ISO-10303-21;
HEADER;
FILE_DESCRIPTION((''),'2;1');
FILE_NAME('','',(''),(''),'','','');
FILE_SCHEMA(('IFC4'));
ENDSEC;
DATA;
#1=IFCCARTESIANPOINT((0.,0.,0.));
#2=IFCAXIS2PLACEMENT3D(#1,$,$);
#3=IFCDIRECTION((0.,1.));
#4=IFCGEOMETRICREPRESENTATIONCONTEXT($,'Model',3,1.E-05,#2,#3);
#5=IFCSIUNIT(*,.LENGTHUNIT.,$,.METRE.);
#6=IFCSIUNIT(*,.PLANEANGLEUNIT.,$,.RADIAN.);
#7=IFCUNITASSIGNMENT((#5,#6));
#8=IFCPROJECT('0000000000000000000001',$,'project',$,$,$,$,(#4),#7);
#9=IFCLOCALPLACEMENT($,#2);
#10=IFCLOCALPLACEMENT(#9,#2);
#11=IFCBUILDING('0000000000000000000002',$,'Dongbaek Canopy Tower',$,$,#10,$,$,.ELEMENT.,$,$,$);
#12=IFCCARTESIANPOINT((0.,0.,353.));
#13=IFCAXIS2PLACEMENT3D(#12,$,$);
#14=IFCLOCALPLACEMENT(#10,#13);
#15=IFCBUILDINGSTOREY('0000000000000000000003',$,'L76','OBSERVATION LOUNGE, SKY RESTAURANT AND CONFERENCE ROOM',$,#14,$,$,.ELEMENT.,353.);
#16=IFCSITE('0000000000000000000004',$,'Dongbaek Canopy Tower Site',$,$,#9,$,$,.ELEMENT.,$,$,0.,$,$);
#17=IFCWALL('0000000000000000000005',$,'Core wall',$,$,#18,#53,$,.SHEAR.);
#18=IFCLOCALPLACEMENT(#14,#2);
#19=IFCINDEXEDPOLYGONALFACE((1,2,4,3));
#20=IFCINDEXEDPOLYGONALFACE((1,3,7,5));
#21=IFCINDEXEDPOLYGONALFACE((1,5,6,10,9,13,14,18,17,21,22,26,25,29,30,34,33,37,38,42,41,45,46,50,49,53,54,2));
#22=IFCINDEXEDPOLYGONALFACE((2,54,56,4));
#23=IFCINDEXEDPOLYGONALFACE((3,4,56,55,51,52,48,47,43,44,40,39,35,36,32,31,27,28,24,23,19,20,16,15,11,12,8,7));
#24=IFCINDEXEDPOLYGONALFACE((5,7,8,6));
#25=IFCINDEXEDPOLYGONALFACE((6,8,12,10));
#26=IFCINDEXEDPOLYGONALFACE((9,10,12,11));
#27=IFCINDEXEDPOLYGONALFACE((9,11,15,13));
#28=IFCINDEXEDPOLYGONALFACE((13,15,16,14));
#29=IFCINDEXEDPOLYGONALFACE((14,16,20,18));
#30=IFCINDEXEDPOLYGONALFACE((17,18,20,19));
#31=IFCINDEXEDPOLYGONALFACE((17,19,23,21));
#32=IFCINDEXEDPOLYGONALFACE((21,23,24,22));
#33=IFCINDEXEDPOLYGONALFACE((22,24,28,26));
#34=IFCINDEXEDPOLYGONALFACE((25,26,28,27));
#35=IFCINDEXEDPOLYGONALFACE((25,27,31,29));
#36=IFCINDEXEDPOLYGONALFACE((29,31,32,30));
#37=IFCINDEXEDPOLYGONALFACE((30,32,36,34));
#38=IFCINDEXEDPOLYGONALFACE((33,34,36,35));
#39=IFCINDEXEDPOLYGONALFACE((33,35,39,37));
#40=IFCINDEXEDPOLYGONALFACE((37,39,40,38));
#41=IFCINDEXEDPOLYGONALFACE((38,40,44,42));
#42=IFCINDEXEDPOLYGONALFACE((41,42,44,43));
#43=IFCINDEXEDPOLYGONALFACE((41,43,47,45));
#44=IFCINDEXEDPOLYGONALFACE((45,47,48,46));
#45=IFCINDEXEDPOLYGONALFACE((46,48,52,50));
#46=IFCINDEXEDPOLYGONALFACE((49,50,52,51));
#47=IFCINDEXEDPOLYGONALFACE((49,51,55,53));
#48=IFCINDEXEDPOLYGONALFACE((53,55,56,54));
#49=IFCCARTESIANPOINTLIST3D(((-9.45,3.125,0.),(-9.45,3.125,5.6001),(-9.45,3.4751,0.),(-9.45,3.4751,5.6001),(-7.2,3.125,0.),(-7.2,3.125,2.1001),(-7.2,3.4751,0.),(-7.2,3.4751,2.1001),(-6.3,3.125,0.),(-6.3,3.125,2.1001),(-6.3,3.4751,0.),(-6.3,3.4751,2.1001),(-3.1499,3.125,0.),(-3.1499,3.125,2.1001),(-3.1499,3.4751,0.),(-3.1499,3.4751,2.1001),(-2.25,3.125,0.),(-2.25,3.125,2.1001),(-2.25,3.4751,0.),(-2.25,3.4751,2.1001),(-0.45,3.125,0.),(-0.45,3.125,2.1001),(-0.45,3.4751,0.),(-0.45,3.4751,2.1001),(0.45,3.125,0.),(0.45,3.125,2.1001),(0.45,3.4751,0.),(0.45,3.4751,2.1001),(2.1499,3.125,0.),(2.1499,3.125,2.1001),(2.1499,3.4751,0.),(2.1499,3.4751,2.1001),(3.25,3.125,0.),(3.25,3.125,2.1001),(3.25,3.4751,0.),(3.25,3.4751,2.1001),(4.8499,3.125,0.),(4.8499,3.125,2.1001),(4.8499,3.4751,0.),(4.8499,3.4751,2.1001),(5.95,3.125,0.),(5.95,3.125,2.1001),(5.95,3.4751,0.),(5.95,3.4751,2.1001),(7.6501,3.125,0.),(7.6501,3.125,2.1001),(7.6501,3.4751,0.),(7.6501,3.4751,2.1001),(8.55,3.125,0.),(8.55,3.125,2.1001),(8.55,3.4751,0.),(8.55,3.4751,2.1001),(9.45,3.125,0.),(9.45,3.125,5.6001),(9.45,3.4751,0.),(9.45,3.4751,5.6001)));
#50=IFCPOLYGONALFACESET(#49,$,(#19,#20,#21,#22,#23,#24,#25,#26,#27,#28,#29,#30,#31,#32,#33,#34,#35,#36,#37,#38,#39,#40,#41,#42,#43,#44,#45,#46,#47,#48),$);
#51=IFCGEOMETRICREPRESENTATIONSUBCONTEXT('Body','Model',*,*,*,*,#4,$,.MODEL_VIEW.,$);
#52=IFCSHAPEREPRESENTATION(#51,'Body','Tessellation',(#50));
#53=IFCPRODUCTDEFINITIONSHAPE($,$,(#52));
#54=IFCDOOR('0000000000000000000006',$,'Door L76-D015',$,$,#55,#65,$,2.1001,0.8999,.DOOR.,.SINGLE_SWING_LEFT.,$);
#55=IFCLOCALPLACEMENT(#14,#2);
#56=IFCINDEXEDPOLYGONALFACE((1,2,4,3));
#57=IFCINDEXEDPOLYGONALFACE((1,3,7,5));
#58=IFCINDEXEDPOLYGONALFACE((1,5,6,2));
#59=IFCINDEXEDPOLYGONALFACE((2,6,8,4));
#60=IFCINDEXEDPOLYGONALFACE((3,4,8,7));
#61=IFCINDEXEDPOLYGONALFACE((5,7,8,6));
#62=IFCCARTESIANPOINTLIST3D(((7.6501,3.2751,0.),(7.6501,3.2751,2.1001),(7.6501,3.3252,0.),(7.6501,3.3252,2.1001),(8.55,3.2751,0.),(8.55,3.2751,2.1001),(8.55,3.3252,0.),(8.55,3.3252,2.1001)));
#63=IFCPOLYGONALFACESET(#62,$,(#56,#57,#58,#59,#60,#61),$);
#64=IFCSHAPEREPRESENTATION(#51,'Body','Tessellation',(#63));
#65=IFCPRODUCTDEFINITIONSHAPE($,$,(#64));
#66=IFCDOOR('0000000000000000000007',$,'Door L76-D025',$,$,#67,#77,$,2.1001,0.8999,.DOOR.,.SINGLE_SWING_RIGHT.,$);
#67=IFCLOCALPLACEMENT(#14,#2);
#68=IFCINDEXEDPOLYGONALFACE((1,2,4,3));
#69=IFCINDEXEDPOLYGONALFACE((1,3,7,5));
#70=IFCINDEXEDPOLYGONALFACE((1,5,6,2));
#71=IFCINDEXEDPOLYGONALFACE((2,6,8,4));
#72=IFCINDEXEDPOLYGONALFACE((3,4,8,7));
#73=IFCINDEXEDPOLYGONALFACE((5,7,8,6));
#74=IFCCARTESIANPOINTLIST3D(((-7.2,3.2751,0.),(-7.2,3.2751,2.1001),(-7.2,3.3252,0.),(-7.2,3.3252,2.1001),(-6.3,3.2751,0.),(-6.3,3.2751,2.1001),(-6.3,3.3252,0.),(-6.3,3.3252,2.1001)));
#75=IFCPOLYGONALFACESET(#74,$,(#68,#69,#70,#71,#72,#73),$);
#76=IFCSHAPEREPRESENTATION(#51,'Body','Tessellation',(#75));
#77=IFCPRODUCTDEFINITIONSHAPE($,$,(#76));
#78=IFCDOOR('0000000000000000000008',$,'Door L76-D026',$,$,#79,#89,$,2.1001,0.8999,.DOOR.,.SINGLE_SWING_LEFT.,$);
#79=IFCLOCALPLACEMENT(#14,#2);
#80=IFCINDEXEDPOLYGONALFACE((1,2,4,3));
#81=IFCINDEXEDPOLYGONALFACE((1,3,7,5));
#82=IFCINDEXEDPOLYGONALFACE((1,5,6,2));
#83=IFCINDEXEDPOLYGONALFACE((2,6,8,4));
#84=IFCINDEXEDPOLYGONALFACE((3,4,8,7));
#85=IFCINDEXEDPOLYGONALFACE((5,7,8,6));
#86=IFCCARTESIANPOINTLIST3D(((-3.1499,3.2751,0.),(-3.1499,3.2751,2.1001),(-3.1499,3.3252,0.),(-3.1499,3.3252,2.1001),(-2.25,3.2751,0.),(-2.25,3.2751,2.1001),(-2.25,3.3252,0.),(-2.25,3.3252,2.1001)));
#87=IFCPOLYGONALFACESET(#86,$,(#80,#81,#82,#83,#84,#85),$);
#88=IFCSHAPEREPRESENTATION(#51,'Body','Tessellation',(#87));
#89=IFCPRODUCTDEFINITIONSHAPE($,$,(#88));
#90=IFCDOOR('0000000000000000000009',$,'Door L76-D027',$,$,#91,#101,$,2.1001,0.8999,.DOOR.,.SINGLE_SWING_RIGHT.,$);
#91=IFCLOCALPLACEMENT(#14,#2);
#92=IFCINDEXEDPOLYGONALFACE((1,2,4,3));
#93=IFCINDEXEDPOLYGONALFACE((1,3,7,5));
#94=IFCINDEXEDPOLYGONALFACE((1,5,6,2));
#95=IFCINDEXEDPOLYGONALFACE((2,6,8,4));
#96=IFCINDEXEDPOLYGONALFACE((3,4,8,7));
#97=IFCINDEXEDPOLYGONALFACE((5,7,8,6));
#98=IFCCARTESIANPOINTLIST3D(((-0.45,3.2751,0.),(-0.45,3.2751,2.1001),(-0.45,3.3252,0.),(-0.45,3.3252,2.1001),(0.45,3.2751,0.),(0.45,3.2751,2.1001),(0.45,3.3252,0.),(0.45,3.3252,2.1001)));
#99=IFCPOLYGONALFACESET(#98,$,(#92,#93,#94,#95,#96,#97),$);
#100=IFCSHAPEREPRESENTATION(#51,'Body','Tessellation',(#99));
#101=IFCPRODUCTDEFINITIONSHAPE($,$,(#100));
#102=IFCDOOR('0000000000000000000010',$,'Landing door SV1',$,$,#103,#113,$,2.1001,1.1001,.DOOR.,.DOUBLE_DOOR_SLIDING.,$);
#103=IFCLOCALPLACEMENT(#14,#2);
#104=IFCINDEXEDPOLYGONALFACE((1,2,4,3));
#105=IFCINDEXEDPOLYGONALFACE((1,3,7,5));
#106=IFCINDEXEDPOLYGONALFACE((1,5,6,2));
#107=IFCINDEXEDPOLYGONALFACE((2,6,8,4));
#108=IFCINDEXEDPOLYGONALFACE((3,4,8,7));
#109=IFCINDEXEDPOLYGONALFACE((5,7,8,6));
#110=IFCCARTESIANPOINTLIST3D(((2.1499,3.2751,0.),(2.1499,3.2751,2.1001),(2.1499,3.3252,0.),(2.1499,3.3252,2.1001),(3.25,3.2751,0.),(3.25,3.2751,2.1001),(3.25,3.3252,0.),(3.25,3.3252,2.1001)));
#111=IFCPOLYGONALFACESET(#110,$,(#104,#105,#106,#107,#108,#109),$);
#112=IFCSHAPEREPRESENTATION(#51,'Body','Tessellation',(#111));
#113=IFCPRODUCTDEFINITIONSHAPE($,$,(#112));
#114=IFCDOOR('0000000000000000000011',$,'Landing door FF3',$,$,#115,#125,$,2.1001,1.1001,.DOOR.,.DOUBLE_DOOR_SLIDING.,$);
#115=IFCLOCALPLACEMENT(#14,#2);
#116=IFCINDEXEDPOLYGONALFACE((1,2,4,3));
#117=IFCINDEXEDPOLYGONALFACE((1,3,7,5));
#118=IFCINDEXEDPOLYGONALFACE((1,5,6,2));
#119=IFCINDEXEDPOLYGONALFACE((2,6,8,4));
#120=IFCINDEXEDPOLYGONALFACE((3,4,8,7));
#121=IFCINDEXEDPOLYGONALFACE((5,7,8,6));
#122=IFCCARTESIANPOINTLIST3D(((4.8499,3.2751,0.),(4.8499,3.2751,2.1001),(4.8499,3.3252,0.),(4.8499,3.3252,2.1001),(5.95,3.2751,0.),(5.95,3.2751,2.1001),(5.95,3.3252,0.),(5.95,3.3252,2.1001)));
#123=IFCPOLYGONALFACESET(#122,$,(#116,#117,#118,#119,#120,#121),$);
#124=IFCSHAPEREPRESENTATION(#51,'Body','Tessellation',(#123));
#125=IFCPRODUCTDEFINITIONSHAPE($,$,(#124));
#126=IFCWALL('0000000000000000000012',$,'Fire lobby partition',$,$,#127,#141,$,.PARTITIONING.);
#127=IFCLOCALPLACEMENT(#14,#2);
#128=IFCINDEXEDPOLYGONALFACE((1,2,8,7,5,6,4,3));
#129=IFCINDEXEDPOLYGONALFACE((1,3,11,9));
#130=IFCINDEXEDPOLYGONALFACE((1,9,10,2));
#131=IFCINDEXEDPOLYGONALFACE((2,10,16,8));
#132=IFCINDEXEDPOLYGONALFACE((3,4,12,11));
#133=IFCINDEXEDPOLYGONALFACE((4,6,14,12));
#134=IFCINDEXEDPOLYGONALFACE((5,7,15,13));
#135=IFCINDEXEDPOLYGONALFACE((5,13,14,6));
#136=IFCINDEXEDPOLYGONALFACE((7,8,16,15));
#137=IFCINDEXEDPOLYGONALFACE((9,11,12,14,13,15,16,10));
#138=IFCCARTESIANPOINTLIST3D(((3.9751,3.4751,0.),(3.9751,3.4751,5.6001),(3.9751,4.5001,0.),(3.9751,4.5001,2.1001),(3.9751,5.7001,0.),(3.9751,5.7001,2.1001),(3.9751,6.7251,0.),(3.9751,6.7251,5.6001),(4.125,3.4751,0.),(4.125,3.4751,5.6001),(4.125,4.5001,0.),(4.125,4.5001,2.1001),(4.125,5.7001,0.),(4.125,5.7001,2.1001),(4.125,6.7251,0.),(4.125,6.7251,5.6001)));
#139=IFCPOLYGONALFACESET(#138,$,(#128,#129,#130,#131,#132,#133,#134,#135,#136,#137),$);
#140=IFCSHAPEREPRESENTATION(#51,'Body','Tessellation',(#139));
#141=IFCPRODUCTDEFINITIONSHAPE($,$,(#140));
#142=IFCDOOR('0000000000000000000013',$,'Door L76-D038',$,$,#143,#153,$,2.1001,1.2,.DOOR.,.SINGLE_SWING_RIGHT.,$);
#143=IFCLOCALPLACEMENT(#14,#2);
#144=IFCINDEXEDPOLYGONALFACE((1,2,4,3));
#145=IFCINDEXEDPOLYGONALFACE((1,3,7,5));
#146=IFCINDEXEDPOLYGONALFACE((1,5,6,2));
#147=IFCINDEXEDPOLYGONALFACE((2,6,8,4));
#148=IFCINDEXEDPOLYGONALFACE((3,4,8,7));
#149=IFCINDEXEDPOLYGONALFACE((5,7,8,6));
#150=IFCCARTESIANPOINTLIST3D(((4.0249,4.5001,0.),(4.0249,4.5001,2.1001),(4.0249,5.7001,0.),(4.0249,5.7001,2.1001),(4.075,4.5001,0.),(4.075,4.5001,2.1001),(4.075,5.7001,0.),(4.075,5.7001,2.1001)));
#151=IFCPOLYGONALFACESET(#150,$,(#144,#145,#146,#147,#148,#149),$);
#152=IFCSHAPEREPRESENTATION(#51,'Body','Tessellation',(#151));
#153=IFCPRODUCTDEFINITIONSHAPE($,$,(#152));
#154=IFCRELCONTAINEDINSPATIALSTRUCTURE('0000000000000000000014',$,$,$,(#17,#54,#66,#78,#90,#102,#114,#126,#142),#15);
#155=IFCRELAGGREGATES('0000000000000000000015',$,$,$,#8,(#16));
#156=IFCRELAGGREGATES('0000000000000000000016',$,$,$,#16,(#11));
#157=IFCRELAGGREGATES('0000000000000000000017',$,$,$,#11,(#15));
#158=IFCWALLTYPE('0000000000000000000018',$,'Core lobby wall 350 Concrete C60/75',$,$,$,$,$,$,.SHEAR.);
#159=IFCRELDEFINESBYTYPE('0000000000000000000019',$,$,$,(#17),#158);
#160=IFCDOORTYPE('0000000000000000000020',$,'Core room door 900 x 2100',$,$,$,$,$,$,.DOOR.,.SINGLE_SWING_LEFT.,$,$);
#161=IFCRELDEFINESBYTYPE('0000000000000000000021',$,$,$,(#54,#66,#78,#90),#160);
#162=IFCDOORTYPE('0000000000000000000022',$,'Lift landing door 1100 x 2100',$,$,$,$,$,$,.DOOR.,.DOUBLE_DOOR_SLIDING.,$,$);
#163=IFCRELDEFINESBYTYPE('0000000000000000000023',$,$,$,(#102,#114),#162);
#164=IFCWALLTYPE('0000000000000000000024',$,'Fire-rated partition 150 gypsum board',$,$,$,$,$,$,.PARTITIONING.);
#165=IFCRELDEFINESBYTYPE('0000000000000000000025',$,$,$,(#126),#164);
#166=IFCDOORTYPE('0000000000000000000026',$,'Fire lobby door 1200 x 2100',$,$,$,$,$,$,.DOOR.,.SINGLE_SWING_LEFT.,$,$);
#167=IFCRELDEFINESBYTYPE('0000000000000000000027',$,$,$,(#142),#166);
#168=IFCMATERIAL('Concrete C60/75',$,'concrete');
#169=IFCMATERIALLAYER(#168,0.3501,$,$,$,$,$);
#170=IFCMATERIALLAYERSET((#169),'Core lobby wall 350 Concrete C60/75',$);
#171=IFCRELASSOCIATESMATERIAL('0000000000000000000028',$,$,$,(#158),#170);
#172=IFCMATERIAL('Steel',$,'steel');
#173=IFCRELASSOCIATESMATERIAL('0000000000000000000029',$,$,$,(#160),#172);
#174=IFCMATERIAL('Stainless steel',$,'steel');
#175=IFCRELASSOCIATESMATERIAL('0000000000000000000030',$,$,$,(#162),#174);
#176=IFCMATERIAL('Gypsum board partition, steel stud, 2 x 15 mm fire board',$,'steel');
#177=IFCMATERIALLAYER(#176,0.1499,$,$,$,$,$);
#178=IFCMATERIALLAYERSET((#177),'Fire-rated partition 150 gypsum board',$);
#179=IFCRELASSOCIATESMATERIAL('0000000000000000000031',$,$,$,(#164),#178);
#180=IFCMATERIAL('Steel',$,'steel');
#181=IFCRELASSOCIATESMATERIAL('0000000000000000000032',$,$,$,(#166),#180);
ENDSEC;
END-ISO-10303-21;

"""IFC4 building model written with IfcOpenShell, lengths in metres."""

from ifc_helpers import new_model, si_unit, direction, frame, frame_2d, origin, place, context, subcontext, project, spatial, rectangle, extrude, material, layer, layer_set, type_object, element, fill, save


model = new_model("IFC4")

# Units and contexts
model_context = context("Model", 3, precision=1e-05, world=origin(), true_north=direction((0.0, 1.0)))
body_context = subcontext(model_context, "Body", "Model", "MODEL_VIEW")
ifc_project = project(units=[si_unit("LENGTHUNIT", "METRE"), si_unit("PLANEANGLEUNIT", "RADIAN")], contexts=[model_context])

# Site, building, storey
site_placement = place(None, origin())
site = spatial("IfcSite", under=ifc_project, at=site_placement, Name="Dongbaek Canopy Tower Site", CompositionType="ELEMENT", RefElevation=0.0)
building_placement = place(site_placement, origin())
building = spatial("IfcBuilding", under=site, at=building_placement, Name="Dongbaek Canopy Tower", CompositionType="ELEMENT")
storey_placement = place(building_placement, frame((0.0, 0.0, 353.0)))
storey = spatial("IfcBuildingStorey", under=building, at=storey_placement, Name="L76", Description="OBSERVATION LOUNGE, SKY RESTAURANT AND CONFERENCE ROOM", CompositionType="ELEMENT", Elevation=353.0)

# Wall, openings, doors
ifc_material_1 = material(Name="Concrete C60/75", Category="concrete")
ifc_layer_1 = layer(ifc_material_1, 0.3501)
ifc_layer_set_1 = layer_set([ifc_layer_1], Name="Core lobby wall 350 Concrete C60/75")
wall_type_1 = type_object("IfcWallType", Name="Core lobby wall 350 Concrete C60/75", PredefinedType="SHEAR", material=ifc_layer_set_1)
wall_1_placement = place(storey_placement, frame((9.45, 3.3, 0.0), z_axis=(0.0, 0.0, 1.0), x_axis=(-1.0, 0.0, 0.0)))
wall_1 = element("IfcWall", 1, at=wall_1_placement, inside=storey, type_object=wall_type_1, Name="Core wall", PredefinedType="SHEAR", context=body_context, shape_type="SweptSolid", body=[
    extrude(rectangle(XDim=18.8999, YDim=0.3501, at=frame_2d((9.45, 0.0))), origin(), (0.0, 0.0, 1.0), 5.6001),
])
opening_1_placement = place(wall_1_placement, frame((6.2, 0.0, 0.0)))
opening_1 = element("IfcOpeningElement", 2, at=opening_1_placement, cuts=wall_1, PredefinedType="OPENING", context=body_context, shape_type="SweptSolid", body=[
    extrude(rectangle(XDim=1.1001, YDim=2.1001, at=frame_2d((0.55, 1.05))), frame((0.0, 0.1851, 0.0), z_axis=(0.0, -1.0, 0.0), x_axis=(1.0, 0.0, 0.0)), (0.0, 0.0, 1.0), 0.3701),
])
opening_2_placement = place(wall_1_placement, frame((3.5, 0.0, 0.0)))
opening_2 = element("IfcOpeningElement", 3, at=opening_2_placement, cuts=wall_1, PredefinedType="OPENING", context=body_context, shape_type="SweptSolid", body=[
    extrude(rectangle(XDim=1.1001, YDim=2.1001, at=frame_2d((0.55, 1.05))), frame((0.0, 0.1851, 0.0), z_axis=(0.0, -1.0, 0.0), x_axis=(1.0, 0.0, 0.0)), (0.0, 0.0, 1.0), 0.3701),
])
opening_3_placement = place(wall_1_placement, frame((0.8999, 0.0, 0.0)))
opening_3 = element("IfcOpeningElement", 4, at=opening_3_placement, cuts=wall_1, PredefinedType="OPENING", context=body_context, shape_type="SweptSolid", body=[
    extrude(rectangle(XDim=0.8999, YDim=2.1001, at=frame_2d((0.45, 1.05))), frame((0.0, 0.1851, 0.0), z_axis=(0.0, -1.0, 0.0), x_axis=(1.0, 0.0, 0.0)), (0.0, 0.0, 1.0), 0.3701),
])
opening_4_placement = place(wall_1_placement, frame((15.75, 0.0, 0.0)))
opening_4 = element("IfcOpeningElement", 5, at=opening_4_placement, cuts=wall_1, PredefinedType="OPENING", context=body_context, shape_type="SweptSolid", body=[
    extrude(rectangle(XDim=0.8999, YDim=2.1001, at=frame_2d((0.45, 1.05))), frame((0.0, 0.1851, 0.0), z_axis=(0.0, -1.0, 0.0), x_axis=(1.0, 0.0, 0.0)), (0.0, 0.0, 1.0), 0.3701),
])
opening_5_placement = place(wall_1_placement, frame((11.7, 0.0, 0.0)))
opening_5 = element("IfcOpeningElement", 6, at=opening_5_placement, cuts=wall_1, PredefinedType="OPENING", context=body_context, shape_type="SweptSolid", body=[
    extrude(rectangle(XDim=0.8999, YDim=2.1001, at=frame_2d((0.45, 1.05))), frame((0.0, 0.1851, 0.0), z_axis=(0.0, -1.0, 0.0), x_axis=(1.0, 0.0, 0.0)), (0.0, 0.0, 1.0), 0.3701),
])
opening_6_placement = place(wall_1_placement, frame((9.0, 0.0, 0.0)))
opening_6 = element("IfcOpeningElement", 7, at=opening_6_placement, cuts=wall_1, PredefinedType="OPENING", context=body_context, shape_type="SweptSolid", body=[
    extrude(rectangle(XDim=0.8999, YDim=2.1001, at=frame_2d((0.45, 1.05))), frame((0.0, 0.1851, 0.0), z_axis=(0.0, -1.0, 0.0), x_axis=(1.0, 0.0, 0.0)), (0.0, 0.0, 1.0), 0.3701),
])
ifc_material_2 = material(Name="Steel", Category="steel")
door_type_1 = type_object("IfcDoorType", Name="Core room door 900 x 2100", OperationType="SINGLE_SWING_LEFT", PredefinedType="DOOR", material=ifc_material_2)
door_1_placement = place(opening_3_placement, origin())
door_1 = element("IfcDoor", 8, at=door_1_placement, inside=storey, type_object=door_type_1, Name="Door L76-D015", OperationType="SINGLE_SWING_LEFT", OverallHeight=2.1001, OverallWidth=0.8999, PredefinedType="DOOR", context=body_context, shape_type="SweptSolid", body=[
    extrude(rectangle(XDim=0.8999, YDim=2.1001, at=frame_2d((0.45, 1.05))), frame((0.0, 0.0249, 0.0), z_axis=(0.0, -1.0, 0.0), x_axis=(1.0, 0.0, 0.0)), (0.0, 0.0, 1.0), 0.05),
])
fill(opening_3, door_1)
door_2_placement = place(opening_4_placement, origin())
door_2 = element("IfcDoor", 9, at=door_2_placement, inside=storey, type_object=door_type_1, Name="Door L76-D025", OperationType="SINGLE_SWING_RIGHT", OverallHeight=2.1001, OverallWidth=0.8999, PredefinedType="DOOR", context=body_context, shape_type="SweptSolid", body=[
    extrude(rectangle(XDim=0.8999, YDim=2.1001, at=frame_2d((0.45, 1.05))), frame((0.0, 0.0249, 0.0), z_axis=(0.0, -1.0, 0.0), x_axis=(1.0, 0.0, 0.0)), (0.0, 0.0, 1.0), 0.05),
])
fill(opening_4, door_2)
door_3_placement = place(opening_5_placement, origin())
door_3 = element("IfcDoor", 10, at=door_3_placement, inside=storey, type_object=door_type_1, Name="Door L76-D026", OperationType="SINGLE_SWING_LEFT", OverallHeight=2.1001, OverallWidth=0.8999, PredefinedType="DOOR", context=body_context, shape_type="SweptSolid", body=[
    extrude(rectangle(XDim=0.8999, YDim=2.1001, at=frame_2d((0.45, 1.05))), frame((0.0, 0.0249, 0.0), z_axis=(0.0, -1.0, 0.0), x_axis=(1.0, 0.0, 0.0)), (0.0, 0.0, 1.0), 0.05),
])
fill(opening_5, door_3)
door_4_placement = place(opening_6_placement, origin())
door_4 = element("IfcDoor", 11, at=door_4_placement, inside=storey, type_object=door_type_1, Name="Door L76-D027", OperationType="SINGLE_SWING_RIGHT", OverallHeight=2.1001, OverallWidth=0.8999, PredefinedType="DOOR", context=body_context, shape_type="SweptSolid", body=[
    extrude(rectangle(XDim=0.8999, YDim=2.1001, at=frame_2d((0.45, 1.05))), frame((0.0, 0.0249, 0.0), z_axis=(0.0, -1.0, 0.0), x_axis=(1.0, 0.0, 0.0)), (0.0, 0.0, 1.0), 0.05),
])
fill(opening_6, door_4)
ifc_material_3 = material(Name="Stainless steel", Category="steel")
door_type_2 = type_object("IfcDoorType", Name="Lift landing door 1100 x 2100", OperationType="DOUBLE_DOOR_SLIDING", PredefinedType="DOOR", material=ifc_material_3)
door_5_placement = place(opening_1_placement, origin())
door_5 = element("IfcDoor", 12, at=door_5_placement, inside=storey, type_object=door_type_2, Name="Landing door SV1", OperationType="DOUBLE_DOOR_SLIDING", OverallHeight=2.1001, OverallWidth=1.1001, PredefinedType="DOOR", context=body_context, shape_type="SweptSolid", body=[
    extrude(rectangle(XDim=1.1001, YDim=2.1001, at=frame_2d((0.55, 1.05))), frame((0.0, 0.0249, 0.0), z_axis=(0.0, -1.0, 0.0), x_axis=(1.0, 0.0, 0.0)), (0.0, 0.0, 1.0), 0.05),
])
fill(opening_1, door_5)
door_6_placement = place(opening_2_placement, origin())
door_6 = element("IfcDoor", 13, at=door_6_placement, inside=storey, type_object=door_type_2, Name="Landing door FF3", OperationType="DOUBLE_DOOR_SLIDING", OverallHeight=2.1001, OverallWidth=1.1001, PredefinedType="DOOR", context=body_context, shape_type="SweptSolid", body=[
    extrude(rectangle(XDim=1.1001, YDim=2.1001, at=frame_2d((0.55, 1.05))), frame((0.0, 0.0249, 0.0), z_axis=(0.0, -1.0, 0.0), x_axis=(1.0, 0.0, 0.0)), (0.0, 0.0, 1.0), 0.05),
])
fill(opening_2, door_6)

# Wall, opening, door
ifc_material_4 = material(Name="Gypsum board partition, steel stud, 2 x 15 mm fire board", Category="steel")
ifc_layer_2 = layer(ifc_material_4, 0.1499)
ifc_layer_set_2 = layer_set([ifc_layer_2], Name="Fire-rated partition 150 gypsum board")
wall_type_2 = type_object("IfcWallType", Name="Fire-rated partition 150 gypsum board", PredefinedType="PARTITIONING", material=ifc_layer_set_2)
wall_2_placement = place(storey_placement, frame((4.05, 6.7251, 0.0), z_axis=(0.0, 0.0, 1.0), x_axis=(0.0, -1.0, 0.0)))
wall_2 = element("IfcWall", 14, at=wall_2_placement, inside=storey, type_object=wall_type_2, Name="Fire lobby partition", PredefinedType="PARTITIONING", context=body_context, shape_type="SweptSolid", body=[
    extrude(rectangle(XDim=3.25, YDim=0.1499, at=frame_2d((1.625, 0.0))), origin(), (0.0, 0.0, 1.0), 5.6001),
])
opening_7_placement = place(wall_2_placement, frame((1.0249, 0.0, 0.0)))
opening_7 = element("IfcOpeningElement", 15, at=opening_7_placement, cuts=wall_2, PredefinedType="OPENING", context=body_context, shape_type="SweptSolid", body=[
    extrude(rectangle(XDim=1.2, YDim=2.1001, at=frame_2d((0.6001, 1.05))), frame((0.0, 0.085, 0.0), z_axis=(0.0, -1.0, 0.0), x_axis=(1.0, 0.0, 0.0)), (0.0, 0.0, 1.0), 0.1699),
])
ifc_material_5 = material(Name="Steel", Category="steel")
door_type_3 = type_object("IfcDoorType", Name="Fire lobby door 1200 x 2100", OperationType="SINGLE_SWING_LEFT", PredefinedType="DOOR", material=ifc_material_5)
door_7_placement = place(opening_7_placement, origin())
door_7 = element("IfcDoor", 16, at=door_7_placement, inside=storey, type_object=door_type_3, Name="Door L76-D038", OperationType="SINGLE_SWING_RIGHT", OverallHeight=2.1001, OverallWidth=1.2, PredefinedType="DOOR", context=body_context, shape_type="SweptSolid", body=[
    extrude(rectangle(XDim=1.2, YDim=2.1001, at=frame_2d((0.6001, 1.05))), frame((0.0, 0.0249, 0.0), z_axis=(0.0, -1.0, 0.0), x_axis=(1.0, 0.0, 0.0)), (0.0, 0.0, 1.0), 0.05),
])
fill(opening_7, door_7)

save(model, "model.ifc")
